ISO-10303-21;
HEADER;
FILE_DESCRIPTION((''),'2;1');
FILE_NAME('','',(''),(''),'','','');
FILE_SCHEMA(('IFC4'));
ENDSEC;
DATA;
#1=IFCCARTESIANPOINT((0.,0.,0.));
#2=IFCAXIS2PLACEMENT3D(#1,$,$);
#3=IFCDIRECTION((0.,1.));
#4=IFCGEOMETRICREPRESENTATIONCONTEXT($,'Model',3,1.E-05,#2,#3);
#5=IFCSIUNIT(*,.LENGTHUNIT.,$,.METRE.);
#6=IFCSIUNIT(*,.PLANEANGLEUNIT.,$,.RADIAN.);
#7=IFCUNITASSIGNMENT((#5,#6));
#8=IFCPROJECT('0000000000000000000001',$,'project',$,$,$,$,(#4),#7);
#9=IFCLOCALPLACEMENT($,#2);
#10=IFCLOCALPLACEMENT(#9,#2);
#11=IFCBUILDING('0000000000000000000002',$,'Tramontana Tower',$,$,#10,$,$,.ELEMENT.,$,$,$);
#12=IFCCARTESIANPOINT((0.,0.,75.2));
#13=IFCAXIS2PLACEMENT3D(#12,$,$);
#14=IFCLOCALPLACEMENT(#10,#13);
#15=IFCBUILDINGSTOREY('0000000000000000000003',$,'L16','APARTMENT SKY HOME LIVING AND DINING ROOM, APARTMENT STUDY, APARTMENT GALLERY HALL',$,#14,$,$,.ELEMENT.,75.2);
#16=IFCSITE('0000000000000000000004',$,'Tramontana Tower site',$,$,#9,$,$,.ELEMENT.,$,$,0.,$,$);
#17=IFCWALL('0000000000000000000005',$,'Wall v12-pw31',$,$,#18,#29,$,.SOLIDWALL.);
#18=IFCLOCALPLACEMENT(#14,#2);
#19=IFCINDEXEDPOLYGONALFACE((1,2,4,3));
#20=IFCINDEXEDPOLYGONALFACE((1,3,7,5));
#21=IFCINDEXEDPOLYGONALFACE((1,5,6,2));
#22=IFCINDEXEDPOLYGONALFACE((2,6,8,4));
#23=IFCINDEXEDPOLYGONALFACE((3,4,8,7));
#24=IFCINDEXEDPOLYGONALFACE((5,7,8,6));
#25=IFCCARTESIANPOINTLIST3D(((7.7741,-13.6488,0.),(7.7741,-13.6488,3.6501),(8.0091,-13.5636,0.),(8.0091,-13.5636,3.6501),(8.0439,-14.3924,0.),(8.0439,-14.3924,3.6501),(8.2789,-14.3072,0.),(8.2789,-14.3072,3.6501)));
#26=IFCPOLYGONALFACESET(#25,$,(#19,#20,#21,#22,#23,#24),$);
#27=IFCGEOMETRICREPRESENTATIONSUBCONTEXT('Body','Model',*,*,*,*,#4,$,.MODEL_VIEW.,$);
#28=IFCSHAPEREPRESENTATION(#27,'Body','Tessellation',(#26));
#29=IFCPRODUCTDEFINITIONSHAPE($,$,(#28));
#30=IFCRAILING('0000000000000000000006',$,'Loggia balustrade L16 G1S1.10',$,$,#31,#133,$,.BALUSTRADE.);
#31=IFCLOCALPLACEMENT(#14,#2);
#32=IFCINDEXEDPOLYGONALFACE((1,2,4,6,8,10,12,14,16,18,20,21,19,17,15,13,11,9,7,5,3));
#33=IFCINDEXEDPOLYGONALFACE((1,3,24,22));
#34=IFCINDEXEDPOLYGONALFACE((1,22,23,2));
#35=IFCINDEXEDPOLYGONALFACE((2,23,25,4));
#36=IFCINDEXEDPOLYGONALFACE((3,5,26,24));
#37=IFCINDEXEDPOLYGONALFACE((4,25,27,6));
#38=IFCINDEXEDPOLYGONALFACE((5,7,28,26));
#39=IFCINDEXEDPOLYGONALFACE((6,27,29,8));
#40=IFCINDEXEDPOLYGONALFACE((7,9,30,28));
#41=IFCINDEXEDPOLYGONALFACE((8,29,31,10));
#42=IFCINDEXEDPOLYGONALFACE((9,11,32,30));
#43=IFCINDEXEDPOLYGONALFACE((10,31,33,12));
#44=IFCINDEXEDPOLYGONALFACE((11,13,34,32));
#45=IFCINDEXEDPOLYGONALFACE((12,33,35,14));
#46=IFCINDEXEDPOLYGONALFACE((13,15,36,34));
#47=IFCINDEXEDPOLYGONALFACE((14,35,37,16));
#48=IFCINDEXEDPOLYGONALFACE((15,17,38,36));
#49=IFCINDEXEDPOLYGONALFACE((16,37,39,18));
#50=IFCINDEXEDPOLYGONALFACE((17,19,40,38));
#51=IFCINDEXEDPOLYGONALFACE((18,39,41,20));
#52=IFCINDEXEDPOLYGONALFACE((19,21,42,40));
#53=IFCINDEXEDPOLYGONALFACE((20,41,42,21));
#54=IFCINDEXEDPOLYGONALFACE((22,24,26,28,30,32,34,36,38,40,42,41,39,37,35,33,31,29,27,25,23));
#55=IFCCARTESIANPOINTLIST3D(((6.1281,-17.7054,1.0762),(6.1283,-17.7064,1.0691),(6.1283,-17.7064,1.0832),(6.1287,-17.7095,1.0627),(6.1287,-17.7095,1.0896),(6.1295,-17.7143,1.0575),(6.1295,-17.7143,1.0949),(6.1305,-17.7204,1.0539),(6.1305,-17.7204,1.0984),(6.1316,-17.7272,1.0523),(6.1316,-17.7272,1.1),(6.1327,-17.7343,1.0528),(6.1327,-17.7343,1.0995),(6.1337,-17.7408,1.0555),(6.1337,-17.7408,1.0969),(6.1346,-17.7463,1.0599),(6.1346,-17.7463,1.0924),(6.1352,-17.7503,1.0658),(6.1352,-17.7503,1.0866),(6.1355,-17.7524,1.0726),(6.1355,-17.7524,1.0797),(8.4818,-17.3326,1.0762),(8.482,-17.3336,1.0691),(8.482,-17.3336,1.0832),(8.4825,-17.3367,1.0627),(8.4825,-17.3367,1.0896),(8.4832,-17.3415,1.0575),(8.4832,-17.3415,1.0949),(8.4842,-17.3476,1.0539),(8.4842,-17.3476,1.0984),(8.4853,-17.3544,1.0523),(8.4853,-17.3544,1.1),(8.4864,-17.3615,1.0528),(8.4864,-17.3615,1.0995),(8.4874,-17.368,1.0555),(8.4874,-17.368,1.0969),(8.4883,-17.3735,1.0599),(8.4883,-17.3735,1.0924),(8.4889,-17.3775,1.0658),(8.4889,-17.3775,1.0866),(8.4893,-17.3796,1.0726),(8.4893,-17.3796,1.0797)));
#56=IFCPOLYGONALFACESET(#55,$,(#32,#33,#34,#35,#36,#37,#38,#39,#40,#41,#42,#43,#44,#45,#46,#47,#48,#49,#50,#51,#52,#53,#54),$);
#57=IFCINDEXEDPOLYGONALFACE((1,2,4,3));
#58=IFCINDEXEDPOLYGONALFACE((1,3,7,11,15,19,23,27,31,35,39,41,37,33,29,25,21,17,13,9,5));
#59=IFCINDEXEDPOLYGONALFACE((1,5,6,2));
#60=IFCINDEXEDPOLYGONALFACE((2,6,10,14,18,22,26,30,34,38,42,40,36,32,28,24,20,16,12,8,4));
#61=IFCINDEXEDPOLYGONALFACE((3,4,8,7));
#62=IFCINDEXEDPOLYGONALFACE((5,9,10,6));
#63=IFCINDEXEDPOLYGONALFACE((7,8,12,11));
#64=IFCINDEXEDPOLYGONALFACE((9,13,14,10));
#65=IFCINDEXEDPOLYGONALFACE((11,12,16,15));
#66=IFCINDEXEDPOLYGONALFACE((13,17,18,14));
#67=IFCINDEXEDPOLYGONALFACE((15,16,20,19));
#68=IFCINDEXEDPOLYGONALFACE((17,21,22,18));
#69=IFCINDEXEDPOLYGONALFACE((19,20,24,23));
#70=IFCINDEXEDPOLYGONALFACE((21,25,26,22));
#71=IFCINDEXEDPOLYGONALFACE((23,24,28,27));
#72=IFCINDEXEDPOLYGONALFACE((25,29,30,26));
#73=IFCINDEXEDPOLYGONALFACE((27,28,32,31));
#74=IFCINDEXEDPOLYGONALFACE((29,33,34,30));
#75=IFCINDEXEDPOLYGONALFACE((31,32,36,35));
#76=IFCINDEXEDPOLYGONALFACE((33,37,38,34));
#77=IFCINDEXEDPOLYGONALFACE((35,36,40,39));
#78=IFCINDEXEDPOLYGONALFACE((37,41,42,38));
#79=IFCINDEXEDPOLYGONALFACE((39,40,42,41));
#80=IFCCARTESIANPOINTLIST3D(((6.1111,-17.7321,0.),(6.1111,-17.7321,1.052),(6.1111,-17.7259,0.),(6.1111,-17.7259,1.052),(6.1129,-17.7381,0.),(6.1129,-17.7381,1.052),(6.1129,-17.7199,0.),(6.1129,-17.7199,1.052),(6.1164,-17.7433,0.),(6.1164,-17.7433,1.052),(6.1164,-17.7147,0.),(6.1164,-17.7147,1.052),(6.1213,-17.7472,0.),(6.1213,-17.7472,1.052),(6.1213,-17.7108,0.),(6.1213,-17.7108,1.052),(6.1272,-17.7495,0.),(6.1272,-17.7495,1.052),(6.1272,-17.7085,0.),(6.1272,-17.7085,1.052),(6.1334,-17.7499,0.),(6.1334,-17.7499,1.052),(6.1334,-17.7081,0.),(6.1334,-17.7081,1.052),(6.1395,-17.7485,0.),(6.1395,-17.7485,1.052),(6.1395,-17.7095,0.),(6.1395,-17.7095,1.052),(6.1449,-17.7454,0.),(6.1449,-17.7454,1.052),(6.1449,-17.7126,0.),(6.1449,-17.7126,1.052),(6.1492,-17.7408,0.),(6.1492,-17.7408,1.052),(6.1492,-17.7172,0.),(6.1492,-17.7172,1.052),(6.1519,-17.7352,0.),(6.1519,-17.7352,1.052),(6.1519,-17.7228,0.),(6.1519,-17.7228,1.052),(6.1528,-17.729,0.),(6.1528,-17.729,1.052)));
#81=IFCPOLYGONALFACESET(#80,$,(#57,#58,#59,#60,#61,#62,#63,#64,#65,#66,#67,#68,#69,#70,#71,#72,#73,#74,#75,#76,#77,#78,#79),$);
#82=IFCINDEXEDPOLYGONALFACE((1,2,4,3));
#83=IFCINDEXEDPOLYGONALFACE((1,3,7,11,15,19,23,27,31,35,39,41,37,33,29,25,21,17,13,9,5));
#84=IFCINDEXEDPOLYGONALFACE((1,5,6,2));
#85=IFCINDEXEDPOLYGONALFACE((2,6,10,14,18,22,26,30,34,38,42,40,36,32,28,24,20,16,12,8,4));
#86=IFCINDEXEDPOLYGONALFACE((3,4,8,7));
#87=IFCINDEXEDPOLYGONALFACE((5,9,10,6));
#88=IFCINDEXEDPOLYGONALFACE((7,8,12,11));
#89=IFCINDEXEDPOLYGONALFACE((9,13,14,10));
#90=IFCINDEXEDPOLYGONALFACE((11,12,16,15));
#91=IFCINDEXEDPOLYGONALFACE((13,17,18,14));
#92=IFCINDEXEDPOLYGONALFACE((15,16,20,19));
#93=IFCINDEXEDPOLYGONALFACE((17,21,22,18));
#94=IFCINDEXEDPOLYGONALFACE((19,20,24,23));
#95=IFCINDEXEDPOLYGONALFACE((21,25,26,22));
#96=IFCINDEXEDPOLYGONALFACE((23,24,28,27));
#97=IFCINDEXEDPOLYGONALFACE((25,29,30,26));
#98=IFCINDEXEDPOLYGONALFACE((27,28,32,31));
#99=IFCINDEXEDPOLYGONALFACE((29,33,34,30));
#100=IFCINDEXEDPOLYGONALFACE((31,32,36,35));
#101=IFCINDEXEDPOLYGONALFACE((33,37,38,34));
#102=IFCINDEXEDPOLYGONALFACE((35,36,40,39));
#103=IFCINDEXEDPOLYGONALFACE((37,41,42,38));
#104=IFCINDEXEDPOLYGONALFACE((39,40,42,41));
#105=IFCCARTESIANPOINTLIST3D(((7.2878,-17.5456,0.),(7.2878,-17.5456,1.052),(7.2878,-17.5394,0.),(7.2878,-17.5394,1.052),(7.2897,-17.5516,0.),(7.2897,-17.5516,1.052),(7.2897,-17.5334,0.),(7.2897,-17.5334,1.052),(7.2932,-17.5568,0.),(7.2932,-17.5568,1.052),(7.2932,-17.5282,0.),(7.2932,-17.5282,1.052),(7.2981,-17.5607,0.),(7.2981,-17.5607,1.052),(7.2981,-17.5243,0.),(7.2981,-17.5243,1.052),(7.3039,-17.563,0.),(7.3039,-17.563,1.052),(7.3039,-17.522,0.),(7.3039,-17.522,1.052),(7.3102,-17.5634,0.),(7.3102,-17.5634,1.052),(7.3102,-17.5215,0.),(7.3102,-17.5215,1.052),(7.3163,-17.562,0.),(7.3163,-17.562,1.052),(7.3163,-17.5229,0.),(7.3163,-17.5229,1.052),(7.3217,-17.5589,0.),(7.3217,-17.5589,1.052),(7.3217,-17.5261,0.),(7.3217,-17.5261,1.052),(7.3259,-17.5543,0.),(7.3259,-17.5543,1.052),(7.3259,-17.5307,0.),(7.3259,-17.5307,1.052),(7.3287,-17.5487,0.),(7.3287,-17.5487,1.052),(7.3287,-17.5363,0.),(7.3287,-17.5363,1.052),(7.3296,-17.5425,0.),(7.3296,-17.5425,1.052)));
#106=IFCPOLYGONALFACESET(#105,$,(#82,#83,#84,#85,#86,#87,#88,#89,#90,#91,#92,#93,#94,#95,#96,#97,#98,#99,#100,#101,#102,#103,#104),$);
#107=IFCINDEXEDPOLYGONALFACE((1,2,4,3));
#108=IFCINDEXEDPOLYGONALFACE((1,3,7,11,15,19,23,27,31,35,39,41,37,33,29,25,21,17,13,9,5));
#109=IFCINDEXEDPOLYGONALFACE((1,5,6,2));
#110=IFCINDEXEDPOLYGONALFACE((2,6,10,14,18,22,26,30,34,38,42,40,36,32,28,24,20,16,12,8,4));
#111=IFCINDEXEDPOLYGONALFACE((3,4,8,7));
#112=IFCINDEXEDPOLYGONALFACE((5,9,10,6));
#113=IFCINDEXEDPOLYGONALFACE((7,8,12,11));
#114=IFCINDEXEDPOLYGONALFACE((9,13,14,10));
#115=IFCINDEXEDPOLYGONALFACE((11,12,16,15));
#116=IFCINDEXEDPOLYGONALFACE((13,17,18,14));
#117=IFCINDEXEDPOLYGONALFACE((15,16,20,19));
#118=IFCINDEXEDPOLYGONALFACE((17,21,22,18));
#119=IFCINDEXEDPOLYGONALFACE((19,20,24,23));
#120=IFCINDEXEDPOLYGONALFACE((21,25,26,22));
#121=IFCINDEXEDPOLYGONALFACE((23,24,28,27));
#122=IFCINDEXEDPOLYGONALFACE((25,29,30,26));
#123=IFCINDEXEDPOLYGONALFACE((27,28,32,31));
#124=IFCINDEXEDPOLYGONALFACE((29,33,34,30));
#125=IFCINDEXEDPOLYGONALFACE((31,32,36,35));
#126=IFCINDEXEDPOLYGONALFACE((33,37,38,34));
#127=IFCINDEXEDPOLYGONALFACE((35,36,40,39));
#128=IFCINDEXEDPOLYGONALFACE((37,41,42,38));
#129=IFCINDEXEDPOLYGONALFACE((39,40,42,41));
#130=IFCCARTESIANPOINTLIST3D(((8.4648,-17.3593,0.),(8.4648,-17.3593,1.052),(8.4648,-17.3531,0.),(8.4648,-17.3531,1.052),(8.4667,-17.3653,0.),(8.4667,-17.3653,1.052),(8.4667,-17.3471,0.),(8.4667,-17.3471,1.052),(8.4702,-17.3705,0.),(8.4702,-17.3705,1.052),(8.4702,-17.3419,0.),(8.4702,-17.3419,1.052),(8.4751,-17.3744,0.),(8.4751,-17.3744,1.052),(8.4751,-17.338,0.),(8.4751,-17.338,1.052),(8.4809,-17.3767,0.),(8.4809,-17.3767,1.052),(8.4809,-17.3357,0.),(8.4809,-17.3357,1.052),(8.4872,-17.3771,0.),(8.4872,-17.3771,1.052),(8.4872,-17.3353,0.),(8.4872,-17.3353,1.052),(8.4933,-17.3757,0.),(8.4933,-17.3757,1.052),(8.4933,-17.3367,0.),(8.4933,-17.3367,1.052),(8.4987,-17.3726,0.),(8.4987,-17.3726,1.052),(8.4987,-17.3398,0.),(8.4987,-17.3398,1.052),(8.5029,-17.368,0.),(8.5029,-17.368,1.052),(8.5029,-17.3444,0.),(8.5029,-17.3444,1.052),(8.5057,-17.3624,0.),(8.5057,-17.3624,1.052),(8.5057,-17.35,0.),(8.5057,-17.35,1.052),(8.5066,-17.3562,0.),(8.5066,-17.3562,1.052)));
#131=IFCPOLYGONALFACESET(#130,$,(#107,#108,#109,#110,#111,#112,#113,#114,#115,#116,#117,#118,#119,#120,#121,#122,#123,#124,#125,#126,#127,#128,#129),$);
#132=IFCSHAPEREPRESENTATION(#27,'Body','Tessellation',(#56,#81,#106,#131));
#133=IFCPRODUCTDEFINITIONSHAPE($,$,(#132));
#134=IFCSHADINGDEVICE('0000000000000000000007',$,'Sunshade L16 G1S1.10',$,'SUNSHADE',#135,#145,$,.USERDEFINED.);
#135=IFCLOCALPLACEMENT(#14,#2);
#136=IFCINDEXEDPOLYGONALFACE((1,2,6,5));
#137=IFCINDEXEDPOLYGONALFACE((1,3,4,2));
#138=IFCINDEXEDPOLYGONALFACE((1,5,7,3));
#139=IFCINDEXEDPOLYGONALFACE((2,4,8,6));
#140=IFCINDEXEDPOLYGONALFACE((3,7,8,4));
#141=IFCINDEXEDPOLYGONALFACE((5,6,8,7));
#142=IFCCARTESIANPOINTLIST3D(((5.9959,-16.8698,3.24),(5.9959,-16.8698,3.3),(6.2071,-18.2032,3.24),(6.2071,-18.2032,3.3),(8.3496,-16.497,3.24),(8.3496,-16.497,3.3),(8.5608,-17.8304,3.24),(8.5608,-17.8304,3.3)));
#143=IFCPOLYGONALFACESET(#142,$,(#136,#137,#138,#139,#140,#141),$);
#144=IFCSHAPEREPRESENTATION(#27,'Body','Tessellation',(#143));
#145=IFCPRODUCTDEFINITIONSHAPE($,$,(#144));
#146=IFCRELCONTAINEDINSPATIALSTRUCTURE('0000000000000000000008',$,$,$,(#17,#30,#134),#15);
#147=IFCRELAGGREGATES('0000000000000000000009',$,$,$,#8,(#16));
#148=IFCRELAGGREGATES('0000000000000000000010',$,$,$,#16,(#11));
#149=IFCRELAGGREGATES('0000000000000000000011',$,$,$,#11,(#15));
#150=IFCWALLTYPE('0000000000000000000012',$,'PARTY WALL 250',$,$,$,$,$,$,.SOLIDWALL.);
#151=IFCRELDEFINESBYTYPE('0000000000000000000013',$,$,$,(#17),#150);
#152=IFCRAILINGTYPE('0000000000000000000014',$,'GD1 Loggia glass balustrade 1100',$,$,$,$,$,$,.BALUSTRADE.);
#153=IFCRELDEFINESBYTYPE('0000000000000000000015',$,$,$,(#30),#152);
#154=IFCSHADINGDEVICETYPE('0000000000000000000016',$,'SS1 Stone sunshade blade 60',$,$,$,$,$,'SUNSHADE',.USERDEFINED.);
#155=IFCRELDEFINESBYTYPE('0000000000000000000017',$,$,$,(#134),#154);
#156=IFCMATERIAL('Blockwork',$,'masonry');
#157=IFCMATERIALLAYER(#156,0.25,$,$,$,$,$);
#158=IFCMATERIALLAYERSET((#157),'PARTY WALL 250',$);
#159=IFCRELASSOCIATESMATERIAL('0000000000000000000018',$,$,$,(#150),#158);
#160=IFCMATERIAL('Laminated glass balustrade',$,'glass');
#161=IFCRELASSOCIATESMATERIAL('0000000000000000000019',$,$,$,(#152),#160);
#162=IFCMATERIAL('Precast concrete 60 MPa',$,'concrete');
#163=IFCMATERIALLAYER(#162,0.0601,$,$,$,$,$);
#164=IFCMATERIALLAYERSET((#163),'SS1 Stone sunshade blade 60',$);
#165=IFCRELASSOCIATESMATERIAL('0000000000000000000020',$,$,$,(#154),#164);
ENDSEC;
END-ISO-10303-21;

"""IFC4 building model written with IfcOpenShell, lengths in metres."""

from ifc_helpers import new_model, si_unit, direction, frame, frame_2d, origin, origin_2d, place, context, subcontext, project, spatial, rectangle, circle, extrude, material, layer, layer_set, type_object, element, save


model = new_model("IFC4")

# Units and contexts
model_context = context("Model", 3, precision=1e-05, world=origin(), true_north=direction((0.0, 1.0)))
body_context = subcontext(model_context, "Body", "Model", "MODEL_VIEW")
ifc_project = project(units=[si_unit("LENGTHUNIT", "METRE"), si_unit("PLANEANGLEUNIT", "RADIAN")], contexts=[model_context])

# Site, building, storey
site_placement = place(None, origin())
site = spatial("IfcSite", under=ifc_project, at=site_placement, Name="Tramontana Tower site", CompositionType="ELEMENT", RefElevation=0.0)
building_placement = place(site_placement, origin())
building = spatial("IfcBuilding", under=site, at=building_placement, Name="Tramontana Tower", CompositionType="ELEMENT")
storey_placement = place(building_placement, frame((0.0, 0.0, 75.2)))
storey = spatial("IfcBuildingStorey", under=building, at=storey_placement, Name="L16", Description="APARTMENT SKY HOME LIVING AND DINING ROOM, APARTMENT STUDY, APARTMENT GALLERY HALL", CompositionType="ELEMENT", Elevation=75.2)

# Wall
ifc_material_1 = material(Name="Blockwork", Category="masonry")
ifc_layer_1 = layer(ifc_material_1, 0.25)
ifc_layer_set_1 = layer_set([ifc_layer_1], Name="PARTY WALL 250")
wall_type_1 = type_object("IfcWallType", Name="PARTY WALL 250", PredefinedType="SOLIDWALL", material=ifc_layer_set_1)
wall_1_placement = place(storey_placement, frame((7.8916, -13.6062, 0.0), z_axis=(0.0, 0.0, 1.0), x_axis=(0.341024, -0.940054, 0.0)))
element("IfcWall", 1, at=wall_1_placement, inside=storey, type_object=wall_type_1, Name="Wall v12-pw31", PredefinedType="SOLIDWALL", context=body_context, shape_type="SweptSolid", body=[
    extrude(rectangle(XDim=0.791, YDim=0.25, at=frame_2d((0.3955, 0.0))), origin(), (0.0, 0.0, 1.0), 3.6501),
])

# Railing
ifc_material_2 = material(Name="Laminated glass balustrade", Category="glass")
railing_type = type_object("IfcRailingType", Name="GD1 Loggia glass balustrade 1100", PredefinedType="BALUSTRADE", material=ifc_material_2)
railing_placement = place(storey_placement, frame((6.1318, -17.729, 0.0)))
element("IfcRailing", 2, at=railing_placement, inside=storey, type_object=railing_type, Name="Loggia balustrade L16 G1S1.10", PredefinedType="BALUSTRADE", context=body_context, shape_type="SweptSolid", body=[
    extrude(circle(Radius=0.0239, at=origin_2d()), frame((0.0, 0.0, 1.0762), z_axis=(0.987688, 0.156436, 0.0), x_axis=(-0.156436, 0.987688, 0.0)), (0.0, 0.0, 1.0), 2.3831),
    extrude(circle(Radius=0.021, at=origin_2d()), origin(), (0.0, 0.0, 1.0), 1.052),
    extrude(circle(Radius=0.021, at=origin_2d()), frame((1.1768, 0.1865, 0.0)), (0.0, 0.0, 1.0), 1.052),
    extrude(circle(Radius=0.021, at=origin_2d()), frame((2.3538, 0.3728, 0.0)), (0.0, 0.0, 1.0), 1.052),
])

# Shading device
ifc_material_3 = material(Name="Precast concrete 60 MPa", Category="concrete")
ifc_layer_2 = layer(ifc_material_3, 0.0601)
ifc_layer_set_2 = layer_set([ifc_layer_2], Name="SS1 Stone sunshade blade 60")
shading_device_type = type_object("IfcShadingDeviceType", Name="SS1 Stone sunshade blade 60", ElementType="SUNSHADE", PredefinedType="USERDEFINED", material=ifc_layer_set_2)
shading_device_placement = place(storey_placement, frame((7.2783, -17.3501, 3.24), z_axis=(0.0, 0.0, 1.0), x_axis=(0.987688, 0.156434, 0.0)))
element("IfcShadingDevice", 3, at=shading_device_placement, inside=storey, type_object=shading_device_type, Name="Sunshade L16 G1S1.10", ObjectType="SUNSHADE", PredefinedType="USERDEFINED", context=body_context, shape_type="SweptSolid", body=[
    extrude(rectangle(XDim=2.3831, YDim=1.3501, at=origin_2d()), origin(), (0.0, 0.0, 1.0), 0.0601),
])

save(model, "model.ifc")
